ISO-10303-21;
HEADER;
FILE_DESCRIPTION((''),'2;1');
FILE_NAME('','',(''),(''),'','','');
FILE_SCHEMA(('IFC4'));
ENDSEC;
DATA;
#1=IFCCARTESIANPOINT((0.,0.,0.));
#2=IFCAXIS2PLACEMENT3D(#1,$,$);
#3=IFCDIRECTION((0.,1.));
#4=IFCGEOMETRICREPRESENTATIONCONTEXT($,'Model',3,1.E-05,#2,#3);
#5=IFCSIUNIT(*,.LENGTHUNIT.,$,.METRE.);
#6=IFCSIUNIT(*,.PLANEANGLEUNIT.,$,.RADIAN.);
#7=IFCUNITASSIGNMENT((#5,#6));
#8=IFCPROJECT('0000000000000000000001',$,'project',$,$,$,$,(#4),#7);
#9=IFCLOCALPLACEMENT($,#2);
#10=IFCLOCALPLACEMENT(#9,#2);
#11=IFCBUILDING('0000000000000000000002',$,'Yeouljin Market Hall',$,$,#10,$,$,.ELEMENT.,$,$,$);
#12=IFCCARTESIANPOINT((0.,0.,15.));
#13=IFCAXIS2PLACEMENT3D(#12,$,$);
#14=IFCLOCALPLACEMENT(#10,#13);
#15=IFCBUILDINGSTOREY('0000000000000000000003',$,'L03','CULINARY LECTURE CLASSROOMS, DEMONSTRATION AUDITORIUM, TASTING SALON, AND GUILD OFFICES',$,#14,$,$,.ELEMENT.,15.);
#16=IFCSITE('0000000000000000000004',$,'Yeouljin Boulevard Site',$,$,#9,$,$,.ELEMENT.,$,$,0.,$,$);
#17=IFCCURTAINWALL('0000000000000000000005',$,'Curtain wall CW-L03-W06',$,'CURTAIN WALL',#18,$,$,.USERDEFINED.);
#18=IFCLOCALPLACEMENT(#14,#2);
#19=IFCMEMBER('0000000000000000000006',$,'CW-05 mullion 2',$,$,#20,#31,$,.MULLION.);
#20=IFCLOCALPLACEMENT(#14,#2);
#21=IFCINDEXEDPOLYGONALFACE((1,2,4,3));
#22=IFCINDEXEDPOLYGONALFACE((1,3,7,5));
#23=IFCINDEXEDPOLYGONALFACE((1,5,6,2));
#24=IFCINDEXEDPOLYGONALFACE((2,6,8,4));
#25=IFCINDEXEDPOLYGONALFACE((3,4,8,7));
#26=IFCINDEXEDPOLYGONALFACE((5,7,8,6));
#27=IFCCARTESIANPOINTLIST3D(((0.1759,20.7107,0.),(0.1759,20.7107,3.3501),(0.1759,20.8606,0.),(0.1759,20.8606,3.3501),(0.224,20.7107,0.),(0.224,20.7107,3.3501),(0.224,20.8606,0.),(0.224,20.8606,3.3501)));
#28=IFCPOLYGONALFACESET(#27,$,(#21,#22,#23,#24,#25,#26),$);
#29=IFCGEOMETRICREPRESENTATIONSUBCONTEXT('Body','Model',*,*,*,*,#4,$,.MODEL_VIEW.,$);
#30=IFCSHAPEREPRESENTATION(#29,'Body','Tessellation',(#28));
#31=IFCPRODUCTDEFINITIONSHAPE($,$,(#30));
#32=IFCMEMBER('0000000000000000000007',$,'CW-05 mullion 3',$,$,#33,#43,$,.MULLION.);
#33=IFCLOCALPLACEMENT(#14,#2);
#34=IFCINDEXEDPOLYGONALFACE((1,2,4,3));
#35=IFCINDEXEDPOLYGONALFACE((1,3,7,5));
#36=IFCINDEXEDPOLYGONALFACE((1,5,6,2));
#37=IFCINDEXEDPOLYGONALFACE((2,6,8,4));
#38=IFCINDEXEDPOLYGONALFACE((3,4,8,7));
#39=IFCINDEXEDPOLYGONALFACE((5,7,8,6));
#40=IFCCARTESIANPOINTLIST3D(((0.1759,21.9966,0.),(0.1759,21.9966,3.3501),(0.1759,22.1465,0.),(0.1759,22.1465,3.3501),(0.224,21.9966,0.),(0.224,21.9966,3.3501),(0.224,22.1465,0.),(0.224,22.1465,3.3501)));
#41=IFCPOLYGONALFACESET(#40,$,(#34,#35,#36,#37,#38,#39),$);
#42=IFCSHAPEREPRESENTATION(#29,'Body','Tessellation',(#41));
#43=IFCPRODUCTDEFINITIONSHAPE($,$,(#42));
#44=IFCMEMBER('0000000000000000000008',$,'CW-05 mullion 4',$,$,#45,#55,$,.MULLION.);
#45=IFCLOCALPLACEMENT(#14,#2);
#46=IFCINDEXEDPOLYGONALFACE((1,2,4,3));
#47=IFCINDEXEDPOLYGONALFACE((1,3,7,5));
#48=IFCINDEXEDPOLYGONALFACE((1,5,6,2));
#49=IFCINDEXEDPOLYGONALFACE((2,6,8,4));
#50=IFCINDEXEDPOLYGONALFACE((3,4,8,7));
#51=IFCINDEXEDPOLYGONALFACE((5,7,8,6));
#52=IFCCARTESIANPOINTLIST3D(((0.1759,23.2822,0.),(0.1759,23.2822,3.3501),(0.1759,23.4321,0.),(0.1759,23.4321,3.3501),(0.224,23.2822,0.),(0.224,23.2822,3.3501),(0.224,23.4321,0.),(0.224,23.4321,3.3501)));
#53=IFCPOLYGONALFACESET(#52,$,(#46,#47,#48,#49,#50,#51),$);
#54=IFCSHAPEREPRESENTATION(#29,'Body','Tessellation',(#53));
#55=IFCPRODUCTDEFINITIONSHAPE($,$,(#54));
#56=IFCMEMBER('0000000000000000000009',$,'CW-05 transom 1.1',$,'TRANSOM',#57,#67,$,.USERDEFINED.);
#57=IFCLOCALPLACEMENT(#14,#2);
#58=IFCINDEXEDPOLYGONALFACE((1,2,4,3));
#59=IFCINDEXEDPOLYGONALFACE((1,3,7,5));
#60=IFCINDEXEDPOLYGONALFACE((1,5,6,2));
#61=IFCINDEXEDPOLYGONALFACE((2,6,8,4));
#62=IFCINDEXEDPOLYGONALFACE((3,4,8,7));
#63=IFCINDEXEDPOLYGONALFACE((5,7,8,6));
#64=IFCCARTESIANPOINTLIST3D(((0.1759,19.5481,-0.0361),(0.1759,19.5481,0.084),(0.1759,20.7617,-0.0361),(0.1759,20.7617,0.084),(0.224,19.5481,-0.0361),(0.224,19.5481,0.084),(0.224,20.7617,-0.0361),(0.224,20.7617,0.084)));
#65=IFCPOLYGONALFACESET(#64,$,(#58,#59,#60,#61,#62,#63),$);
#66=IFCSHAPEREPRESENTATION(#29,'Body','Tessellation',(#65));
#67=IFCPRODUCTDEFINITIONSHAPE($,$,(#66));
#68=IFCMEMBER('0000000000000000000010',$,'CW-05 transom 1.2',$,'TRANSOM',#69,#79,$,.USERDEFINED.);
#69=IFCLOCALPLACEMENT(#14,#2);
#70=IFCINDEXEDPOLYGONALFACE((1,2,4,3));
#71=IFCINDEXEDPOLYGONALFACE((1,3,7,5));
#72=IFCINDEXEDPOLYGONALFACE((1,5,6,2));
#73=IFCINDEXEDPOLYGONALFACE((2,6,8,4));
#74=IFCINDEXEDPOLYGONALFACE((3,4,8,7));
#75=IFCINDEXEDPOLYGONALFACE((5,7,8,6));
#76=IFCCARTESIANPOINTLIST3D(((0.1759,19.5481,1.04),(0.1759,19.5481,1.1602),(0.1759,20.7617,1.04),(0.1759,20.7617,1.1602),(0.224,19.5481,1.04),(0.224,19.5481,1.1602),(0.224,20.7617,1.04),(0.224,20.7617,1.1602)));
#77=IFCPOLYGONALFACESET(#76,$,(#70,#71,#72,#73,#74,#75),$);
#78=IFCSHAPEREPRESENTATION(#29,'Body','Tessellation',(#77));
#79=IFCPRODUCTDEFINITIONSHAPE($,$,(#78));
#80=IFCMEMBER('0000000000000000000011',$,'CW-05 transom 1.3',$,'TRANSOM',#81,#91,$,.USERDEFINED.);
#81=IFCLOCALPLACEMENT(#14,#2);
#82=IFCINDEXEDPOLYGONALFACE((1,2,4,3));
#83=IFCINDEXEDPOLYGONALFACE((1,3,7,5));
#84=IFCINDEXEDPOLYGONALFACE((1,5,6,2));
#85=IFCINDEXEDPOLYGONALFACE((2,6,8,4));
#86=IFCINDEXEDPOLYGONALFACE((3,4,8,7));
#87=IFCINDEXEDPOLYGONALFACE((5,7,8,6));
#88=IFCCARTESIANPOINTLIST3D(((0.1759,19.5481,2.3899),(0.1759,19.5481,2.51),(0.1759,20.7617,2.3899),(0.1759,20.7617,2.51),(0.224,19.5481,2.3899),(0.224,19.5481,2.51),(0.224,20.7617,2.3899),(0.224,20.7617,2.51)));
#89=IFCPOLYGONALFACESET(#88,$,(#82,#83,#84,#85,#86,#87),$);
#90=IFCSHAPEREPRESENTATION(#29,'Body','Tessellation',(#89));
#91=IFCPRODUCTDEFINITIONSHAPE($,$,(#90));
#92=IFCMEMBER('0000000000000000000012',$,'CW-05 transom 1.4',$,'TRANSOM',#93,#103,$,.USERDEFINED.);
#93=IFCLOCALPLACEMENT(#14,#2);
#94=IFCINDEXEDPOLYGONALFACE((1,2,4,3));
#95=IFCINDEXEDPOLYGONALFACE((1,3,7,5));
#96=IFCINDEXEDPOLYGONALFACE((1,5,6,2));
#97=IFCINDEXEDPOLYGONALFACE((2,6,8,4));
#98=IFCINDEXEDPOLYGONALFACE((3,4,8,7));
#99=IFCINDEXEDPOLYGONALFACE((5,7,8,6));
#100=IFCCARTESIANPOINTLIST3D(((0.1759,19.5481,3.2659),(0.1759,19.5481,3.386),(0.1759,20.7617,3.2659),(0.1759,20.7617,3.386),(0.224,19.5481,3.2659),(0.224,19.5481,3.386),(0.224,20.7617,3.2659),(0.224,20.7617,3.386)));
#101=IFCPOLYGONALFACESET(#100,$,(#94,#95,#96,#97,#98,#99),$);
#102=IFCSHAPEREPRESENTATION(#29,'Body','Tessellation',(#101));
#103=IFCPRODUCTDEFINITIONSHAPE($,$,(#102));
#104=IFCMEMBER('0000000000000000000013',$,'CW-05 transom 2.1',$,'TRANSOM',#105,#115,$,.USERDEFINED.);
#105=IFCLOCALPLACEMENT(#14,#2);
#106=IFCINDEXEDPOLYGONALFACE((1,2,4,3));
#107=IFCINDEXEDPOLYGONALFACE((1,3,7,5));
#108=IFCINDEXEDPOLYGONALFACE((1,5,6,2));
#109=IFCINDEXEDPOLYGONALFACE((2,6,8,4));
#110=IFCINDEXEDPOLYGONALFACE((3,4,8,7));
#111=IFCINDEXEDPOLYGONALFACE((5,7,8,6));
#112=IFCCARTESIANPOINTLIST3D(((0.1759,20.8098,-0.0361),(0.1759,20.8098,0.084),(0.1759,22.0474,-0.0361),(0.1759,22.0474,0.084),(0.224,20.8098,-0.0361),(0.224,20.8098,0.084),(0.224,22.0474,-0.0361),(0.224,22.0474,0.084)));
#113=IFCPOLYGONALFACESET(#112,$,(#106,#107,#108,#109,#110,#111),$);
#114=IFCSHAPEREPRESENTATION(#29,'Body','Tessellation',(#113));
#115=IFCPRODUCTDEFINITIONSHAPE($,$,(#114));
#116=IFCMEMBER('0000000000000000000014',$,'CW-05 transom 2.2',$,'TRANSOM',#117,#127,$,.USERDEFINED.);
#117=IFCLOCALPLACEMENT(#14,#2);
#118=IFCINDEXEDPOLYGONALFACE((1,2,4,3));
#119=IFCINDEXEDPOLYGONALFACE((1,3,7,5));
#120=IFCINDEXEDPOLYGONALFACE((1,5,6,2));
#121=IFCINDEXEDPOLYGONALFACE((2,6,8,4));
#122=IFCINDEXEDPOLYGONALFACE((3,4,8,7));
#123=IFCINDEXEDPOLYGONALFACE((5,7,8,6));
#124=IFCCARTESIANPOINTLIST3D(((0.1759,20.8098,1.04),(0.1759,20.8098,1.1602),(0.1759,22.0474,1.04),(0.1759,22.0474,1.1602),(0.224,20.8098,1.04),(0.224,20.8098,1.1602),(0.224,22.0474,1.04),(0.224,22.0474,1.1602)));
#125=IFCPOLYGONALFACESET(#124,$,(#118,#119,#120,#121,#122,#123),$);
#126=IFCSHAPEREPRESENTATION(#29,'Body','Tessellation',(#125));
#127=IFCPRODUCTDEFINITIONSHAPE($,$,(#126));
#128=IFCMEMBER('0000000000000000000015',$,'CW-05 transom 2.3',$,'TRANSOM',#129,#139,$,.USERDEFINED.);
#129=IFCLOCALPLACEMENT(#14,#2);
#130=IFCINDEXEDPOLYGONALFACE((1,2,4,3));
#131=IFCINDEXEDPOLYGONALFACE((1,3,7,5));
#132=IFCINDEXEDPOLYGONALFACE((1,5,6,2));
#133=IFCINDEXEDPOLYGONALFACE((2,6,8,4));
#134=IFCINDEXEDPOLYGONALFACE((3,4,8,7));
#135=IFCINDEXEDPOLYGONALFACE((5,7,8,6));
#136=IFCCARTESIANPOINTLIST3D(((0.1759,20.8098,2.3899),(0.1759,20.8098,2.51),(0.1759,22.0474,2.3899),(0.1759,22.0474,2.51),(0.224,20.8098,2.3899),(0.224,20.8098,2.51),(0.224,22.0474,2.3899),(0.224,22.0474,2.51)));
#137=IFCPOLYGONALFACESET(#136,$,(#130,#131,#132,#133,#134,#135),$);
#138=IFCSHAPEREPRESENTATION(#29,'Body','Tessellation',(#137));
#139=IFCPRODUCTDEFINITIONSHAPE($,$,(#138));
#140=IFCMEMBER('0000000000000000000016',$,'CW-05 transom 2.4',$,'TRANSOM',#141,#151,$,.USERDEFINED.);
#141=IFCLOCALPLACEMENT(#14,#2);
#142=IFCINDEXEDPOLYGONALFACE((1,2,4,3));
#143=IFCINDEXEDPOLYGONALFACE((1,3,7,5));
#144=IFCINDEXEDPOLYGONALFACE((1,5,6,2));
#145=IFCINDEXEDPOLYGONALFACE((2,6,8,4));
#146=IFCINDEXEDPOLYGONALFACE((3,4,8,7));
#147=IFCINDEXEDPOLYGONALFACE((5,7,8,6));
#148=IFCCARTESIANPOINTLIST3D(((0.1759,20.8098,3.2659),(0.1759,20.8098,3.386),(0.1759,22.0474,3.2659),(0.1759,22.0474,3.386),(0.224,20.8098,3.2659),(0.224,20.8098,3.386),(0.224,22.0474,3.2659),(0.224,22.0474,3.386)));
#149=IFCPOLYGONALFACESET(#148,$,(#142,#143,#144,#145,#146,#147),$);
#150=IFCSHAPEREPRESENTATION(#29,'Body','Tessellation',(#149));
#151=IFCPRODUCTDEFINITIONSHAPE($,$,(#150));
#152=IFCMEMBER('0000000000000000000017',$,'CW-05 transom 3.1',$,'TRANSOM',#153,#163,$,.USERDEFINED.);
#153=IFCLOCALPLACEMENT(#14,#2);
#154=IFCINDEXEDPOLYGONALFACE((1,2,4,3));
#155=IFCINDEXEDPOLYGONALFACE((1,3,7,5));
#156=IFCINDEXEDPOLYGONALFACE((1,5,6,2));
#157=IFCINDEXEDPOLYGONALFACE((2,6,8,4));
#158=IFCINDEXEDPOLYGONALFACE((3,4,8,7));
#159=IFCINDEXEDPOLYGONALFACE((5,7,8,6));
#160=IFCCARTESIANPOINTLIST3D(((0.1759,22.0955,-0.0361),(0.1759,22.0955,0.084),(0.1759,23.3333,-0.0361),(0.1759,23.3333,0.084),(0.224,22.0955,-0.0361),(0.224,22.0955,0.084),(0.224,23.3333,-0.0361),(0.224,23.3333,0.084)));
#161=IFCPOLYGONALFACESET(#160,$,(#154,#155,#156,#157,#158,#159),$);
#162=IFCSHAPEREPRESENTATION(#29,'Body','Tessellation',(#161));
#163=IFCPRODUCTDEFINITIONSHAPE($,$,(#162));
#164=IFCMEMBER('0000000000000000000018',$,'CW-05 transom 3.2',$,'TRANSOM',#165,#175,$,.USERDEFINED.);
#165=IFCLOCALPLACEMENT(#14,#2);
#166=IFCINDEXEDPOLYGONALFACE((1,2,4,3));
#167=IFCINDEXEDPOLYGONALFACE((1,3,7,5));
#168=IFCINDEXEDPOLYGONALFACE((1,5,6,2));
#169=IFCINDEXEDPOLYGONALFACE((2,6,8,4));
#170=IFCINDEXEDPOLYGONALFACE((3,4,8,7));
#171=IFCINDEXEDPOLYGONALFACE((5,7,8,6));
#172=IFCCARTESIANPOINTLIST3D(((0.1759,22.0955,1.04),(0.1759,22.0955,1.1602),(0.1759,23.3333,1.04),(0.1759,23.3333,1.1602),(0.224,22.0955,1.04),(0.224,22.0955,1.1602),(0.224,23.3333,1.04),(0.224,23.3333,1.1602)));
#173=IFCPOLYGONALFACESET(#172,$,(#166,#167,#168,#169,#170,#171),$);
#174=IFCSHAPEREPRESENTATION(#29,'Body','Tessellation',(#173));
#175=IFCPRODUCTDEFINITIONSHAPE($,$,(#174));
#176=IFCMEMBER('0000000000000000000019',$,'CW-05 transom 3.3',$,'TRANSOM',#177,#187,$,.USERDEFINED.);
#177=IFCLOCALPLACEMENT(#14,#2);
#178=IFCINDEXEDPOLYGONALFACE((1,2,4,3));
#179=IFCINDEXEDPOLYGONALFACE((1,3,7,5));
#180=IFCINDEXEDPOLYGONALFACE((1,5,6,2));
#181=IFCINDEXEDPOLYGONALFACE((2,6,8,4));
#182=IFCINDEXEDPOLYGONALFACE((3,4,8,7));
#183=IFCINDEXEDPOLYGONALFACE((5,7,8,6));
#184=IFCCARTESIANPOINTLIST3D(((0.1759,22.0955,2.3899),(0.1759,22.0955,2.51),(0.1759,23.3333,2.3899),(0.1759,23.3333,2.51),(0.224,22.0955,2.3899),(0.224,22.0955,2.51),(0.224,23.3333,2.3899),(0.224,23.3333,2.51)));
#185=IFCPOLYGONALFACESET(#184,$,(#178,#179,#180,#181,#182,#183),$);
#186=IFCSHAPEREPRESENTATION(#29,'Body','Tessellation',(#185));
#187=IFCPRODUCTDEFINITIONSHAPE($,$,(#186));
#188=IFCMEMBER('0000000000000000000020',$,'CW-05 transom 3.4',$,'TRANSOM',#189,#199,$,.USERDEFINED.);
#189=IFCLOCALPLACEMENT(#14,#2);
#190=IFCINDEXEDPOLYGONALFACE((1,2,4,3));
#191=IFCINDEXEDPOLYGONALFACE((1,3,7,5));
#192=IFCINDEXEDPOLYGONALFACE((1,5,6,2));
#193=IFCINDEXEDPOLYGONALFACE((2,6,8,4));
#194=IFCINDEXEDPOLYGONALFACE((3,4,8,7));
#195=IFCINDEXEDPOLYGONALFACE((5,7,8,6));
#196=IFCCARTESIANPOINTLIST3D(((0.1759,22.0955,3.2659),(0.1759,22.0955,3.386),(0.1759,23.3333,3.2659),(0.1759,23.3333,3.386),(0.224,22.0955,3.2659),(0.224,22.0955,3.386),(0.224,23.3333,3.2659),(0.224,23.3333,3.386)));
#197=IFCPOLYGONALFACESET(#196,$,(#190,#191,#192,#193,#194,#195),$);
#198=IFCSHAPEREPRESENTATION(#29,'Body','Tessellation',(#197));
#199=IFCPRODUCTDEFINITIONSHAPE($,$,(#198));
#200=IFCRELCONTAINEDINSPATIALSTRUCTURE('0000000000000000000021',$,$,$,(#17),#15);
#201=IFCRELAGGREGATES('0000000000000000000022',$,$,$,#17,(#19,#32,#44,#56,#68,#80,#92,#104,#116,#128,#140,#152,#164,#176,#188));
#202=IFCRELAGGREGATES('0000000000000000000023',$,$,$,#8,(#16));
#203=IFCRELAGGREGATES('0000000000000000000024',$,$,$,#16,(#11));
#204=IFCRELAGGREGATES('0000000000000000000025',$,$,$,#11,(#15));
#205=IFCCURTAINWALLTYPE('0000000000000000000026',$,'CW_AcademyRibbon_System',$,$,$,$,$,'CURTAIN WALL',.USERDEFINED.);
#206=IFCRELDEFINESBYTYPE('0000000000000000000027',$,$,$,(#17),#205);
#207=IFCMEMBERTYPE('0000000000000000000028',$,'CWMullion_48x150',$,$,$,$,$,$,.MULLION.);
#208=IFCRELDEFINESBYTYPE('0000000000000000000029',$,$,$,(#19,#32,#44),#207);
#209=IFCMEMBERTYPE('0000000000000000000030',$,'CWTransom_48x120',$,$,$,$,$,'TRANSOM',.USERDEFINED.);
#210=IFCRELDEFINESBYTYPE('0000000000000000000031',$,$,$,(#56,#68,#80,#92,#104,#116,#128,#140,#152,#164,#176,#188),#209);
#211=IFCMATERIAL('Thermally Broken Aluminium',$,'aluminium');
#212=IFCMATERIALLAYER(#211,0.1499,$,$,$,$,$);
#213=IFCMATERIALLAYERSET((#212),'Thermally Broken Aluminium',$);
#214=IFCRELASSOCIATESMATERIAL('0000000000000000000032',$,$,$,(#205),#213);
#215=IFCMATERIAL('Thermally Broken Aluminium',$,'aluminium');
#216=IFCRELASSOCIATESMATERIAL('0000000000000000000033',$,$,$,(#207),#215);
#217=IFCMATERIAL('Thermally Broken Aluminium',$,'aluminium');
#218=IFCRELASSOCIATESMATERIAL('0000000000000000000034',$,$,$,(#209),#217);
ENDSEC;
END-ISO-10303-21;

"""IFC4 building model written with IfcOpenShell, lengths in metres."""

from ifc_helpers import new_model, si_unit, direction, frame, origin, origin_2d, place, context, subcontext, project, spatial, rectangle, extrude, material, layer, layer_set, material_profile, profile_set, type_object, element, aggregate, save


model = new_model("IFC4")

# Units and contexts
model_context = context("Model", 3, precision=1e-05, world=origin(), true_north=direction((0.0, 1.0)))
body_context = subcontext(model_context, "Body", "Model", "MODEL_VIEW")
ifc_project = project(units=[si_unit("LENGTHUNIT", "METRE"), si_unit("PLANEANGLEUNIT", "RADIAN")], contexts=[model_context])

# Site, building, storey
site_placement = place(None, origin())
site = spatial("IfcSite", under=ifc_project, at=site_placement, Name="Yeouljin Boulevard Site", CompositionType="ELEMENT", RefElevation=0.0)
building_placement = place(site_placement, origin())
building = spatial("IfcBuilding", under=site, at=building_placement, Name="Yeouljin Market Hall", CompositionType="ELEMENT")
storey_placement = place(building_placement, frame((0.0, 0.0, 15.0)))
storey = spatial("IfcBuildingStorey", under=building, at=storey_placement, Name="L03", Description="CULINARY LECTURE CLASSROOMS, DEMONSTRATION AUDITORIUM, TASTING SALON, AND GUILD OFFICES", CompositionType="ELEMENT", Elevation=15.0)

# Curtain wall, members
ifc_material_1 = material(Name="Thermally Broken Aluminium", Category="aluminium")
ifc_layer_1 = layer(ifc_material_1, 0.1499)
ifc_layer_set_1 = layer_set([ifc_layer_1], Name="Thermally Broken Aluminium")
curtain_wall_type = type_object("IfcCurtainWallType", Name="CW_AcademyRibbon_System", ElementType="CURTAIN WALL", PredefinedType="USERDEFINED", material=ifc_layer_set_1)
curtain_wall_placement = place(storey_placement, origin())
curtain_wall = element("IfcCurtainWall", 1, at=curtain_wall_placement, inside=storey, type_object=curtain_wall_type, Name="Curtain wall CW-L03-W06", ObjectType="CURTAIN WALL", PredefinedType="USERDEFINED")
ifc_material_2 = material(Name="Thermally Broken Aluminium", Category="aluminium")
ifc_material_profile_1 = material_profile(ifc_material_2, rectangle(XDim=0.0481, YDim=0.1499, at=origin_2d()), Name="CW-MULL-48x150")
ifc_profile_set_1 = profile_set([ifc_material_profile_1], Name="Thermally Broken Aluminium")
member_type_1 = type_object("IfcMemberType", Name="CWMullion_48x150", PredefinedType="MULLION", material=ifc_profile_set_1)
member_1_placement = place(storey_placement, frame((0.2, 20.7856, 0.0), z_axis=(0.0, 0.0, 1.0), x_axis=(-1.0, 0.0, 0.0)))
member_1 = element("IfcMember", 2, at=member_1_placement, type_object=member_type_1, Name="CW-05 mullion 2", PredefinedType="MULLION", context=body_context, shape_type="SweptSolid", body=[
    extrude(rectangle(XDim=0.0481, YDim=0.1499, at=origin_2d()), origin(), (0.0, 0.0, 1.0), 3.3501),
])
member_2_placement = place(storey_placement, frame((0.2, 22.0715, 0.0), z_axis=(0.0, 0.0, 1.0), x_axis=(-1.0, 0.0, 0.0)))
member_2 = element("IfcMember", 3, at=member_2_placement, type_object=member_type_1, Name="CW-05 mullion 3", PredefinedType="MULLION", context=body_context, shape_type="SweptSolid", body=[
    extrude(rectangle(XDim=0.0481, YDim=0.1499, at=origin_2d()), origin(), (0.0, 0.0, 1.0), 3.3501),
])
member_3_placement = place(storey_placement, frame((0.2, 23.3572, 0.0), z_axis=(0.0, 0.0, 1.0), x_axis=(-1.0, 0.0, 0.0)))
member_3 = element("IfcMember", 4, at=member_3_placement, type_object=member_type_1, Name="CW-05 mullion 4", PredefinedType="MULLION", context=body_context, shape_type="SweptSolid", body=[
    extrude(rectangle(XDim=0.0481, YDim=0.1499, at=origin_2d()), origin(), (0.0, 0.0, 1.0), 3.3501),
])
ifc_material_3 = material(Name="Thermally Broken Aluminium", Category="aluminium")
ifc_material_profile_2 = material_profile(ifc_material_3, rectangle(XDim=0.0481, YDim=0.1201, at=origin_2d()), Name="CW-TRAN-48x120")
ifc_profile_set_2 = profile_set([ifc_material_profile_2], Name="Thermally Broken Aluminium")
member_type_2 = type_object("IfcMemberType", Name="CWTransom_48x120", ElementType="TRANSOM", PredefinedType="USERDEFINED", material=ifc_profile_set_2)
member_4_placement = place(storey_placement, frame((0.2, 19.5481, 0.0239), z_axis=(0.0, 1.0, 0.0), x_axis=(-1.0, 0.0, 0.0)))
member_4 = element("IfcMember", 5, at=member_4_placement, type_object=member_type_2, Name="CW-05 transom 1.1", ObjectType="TRANSOM", PredefinedType="USERDEFINED", context=body_context, shape_type="SweptSolid", body=[
    extrude(rectangle(XDim=0.0481, YDim=0.1201, at=origin_2d()), origin(), (0.0, 0.0, 1.0), 1.2136),
])
member_5_placement = place(storey_placement, frame((0.2, 19.5481, 1.1001), z_axis=(0.0, 1.0, 0.0), x_axis=(-1.0, 0.0, 0.0)))
member_5 = element("IfcMember", 6, at=member_5_placement, type_object=member_type_2, Name="CW-05 transom 1.2", ObjectType="TRANSOM", PredefinedType="USERDEFINED", context=body_context, shape_type="SweptSolid", body=[
    extrude(rectangle(XDim=0.0481, YDim=0.1201, at=origin_2d()), origin(), (0.0, 0.0, 1.0), 1.2136),
])
member_6_placement = place(storey_placement, frame((0.2, 19.5481, 2.45), z_axis=(0.0, 1.0, 0.0), x_axis=(-1.0, 0.0, 0.0)))
member_6 = element("IfcMember", 7, at=member_6_placement, type_object=member_type_2, Name="CW-05 transom 1.3", ObjectType="TRANSOM", PredefinedType="USERDEFINED", context=body_context, shape_type="SweptSolid", body=[
    extrude(rectangle(XDim=0.0481, YDim=0.1201, at=origin_2d()), origin(), (0.0, 0.0, 1.0), 1.2136),
])
member_7_placement = place(storey_placement, frame((0.2, 19.5481, 3.3259), z_axis=(0.0, 1.0, 0.0), x_axis=(-1.0, 0.0, 0.0)))
member_7 = element("IfcMember", 8, at=member_7_placement, type_object=member_type_2, Name="CW-05 transom 1.4", ObjectType="TRANSOM", PredefinedType="USERDEFINED", context=body_context, shape_type="SweptSolid", body=[
    extrude(rectangle(XDim=0.0481, YDim=0.1201, at=origin_2d()), origin(), (0.0, 0.0, 1.0), 1.2136),
])
member_8_placement = place(storey_placement, frame((0.2, 20.8098, 0.0239), z_axis=(0.0, 1.0, 0.0), x_axis=(-1.0, 0.0, 0.0)))
member_8 = element("IfcMember", 9, at=member_8_placement, type_object=member_type_2, Name="CW-05 transom 2.1", ObjectType="TRANSOM", PredefinedType="USERDEFINED", context=body_context, shape_type="SweptSolid", body=[
    extrude(rectangle(XDim=0.0481, YDim=0.1201, at=origin_2d()), origin(), (0.0, 0.0, 1.0), 1.2375),
])
member_9_placement = place(storey_placement, frame((0.2, 20.8098, 1.1001), z_axis=(0.0, 1.0, 0.0), x_axis=(-1.0, 0.0, 0.0)))
member_9 = element("IfcMember", 10, at=member_9_placement, type_object=member_type_2, Name="CW-05 transom 2.2", ObjectType="TRANSOM", PredefinedType="USERDEFINED", context=body_context, shape_type="SweptSolid", body=[
    extrude(rectangle(XDim=0.0481, YDim=0.1201, at=origin_2d()), origin(), (0.0, 0.0, 1.0), 1.2375),
])
member_10_placement = place(storey_placement, frame((0.2, 20.8098, 2.45), z_axis=(0.0, 1.0, 0.0), x_axis=(-1.0, 0.0, 0.0)))
member_10 = element("IfcMember", 11, at=member_10_placement, type_object=member_type_2, Name="CW-05 transom 2.3", ObjectType="TRANSOM", PredefinedType="USERDEFINED", context=body_context, shape_type="SweptSolid", body=[
    extrude(rectangle(XDim=0.0481, YDim=0.1201, at=origin_2d()), origin(), (0.0, 0.0, 1.0), 1.2375),
])
member_11_placement = place(storey_placement, frame((0.2, 20.8098, 3.3259), z_axis=(0.0, 1.0, 0.0), x_axis=(-1.0, 0.0, 0.0)))
member_11 = element("IfcMember", 12, at=member_11_placement, type_object=member_type_2, Name="CW-05 transom 2.4", ObjectType="TRANSOM", PredefinedType="USERDEFINED", context=body_context, shape_type="SweptSolid", body=[
    extrude(rectangle(XDim=0.0481, YDim=0.1201, at=origin_2d()), origin(), (0.0, 0.0, 1.0), 1.2375),
])
member_12_placement = place(storey_placement, frame((0.2, 22.0955, 0.0239), z_axis=(0.0, 1.0, 0.0), x_axis=(-1.0, 0.0, 0.0)))
member_12 = element("IfcMember", 13, at=member_12_placement, type_object=member_type_2, Name="CW-05 transom 3.1", ObjectType="TRANSOM", PredefinedType="USERDEFINED", context=body_context, shape_type="SweptSolid", body=[
    extrude(rectangle(XDim=0.0481, YDim=0.1201, at=origin_2d()), origin(), (0.0, 0.0, 1.0), 1.2378),
])
member_13_placement = place(storey_placement, frame((0.2, 22.0955, 1.1001), z_axis=(0.0, 1.0, 0.0), x_axis=(-1.0, 0.0, 0.0)))
member_13 = element("IfcMember", 14, at=member_13_placement, type_object=member_type_2, Name="CW-05 transom 3.2", ObjectType="TRANSOM", PredefinedType="USERDEFINED", context=body_context, shape_type="SweptSolid", body=[
    extrude(rectangle(XDim=0.0481, YDim=0.1201, at=origin_2d()), origin(), (0.0, 0.0, 1.0), 1.2378),
])
member_14_placement = place(storey_placement, frame((0.2, 22.0955, 2.45), z_axis=(0.0, 1.0, 0.0), x_axis=(-1.0, 0.0, 0.0)))
member_14 = element("IfcMember", 15, at=member_14_placement, type_object=member_type_2, Name="CW-05 transom 3.3", ObjectType="TRANSOM", PredefinedType="USERDEFINED", context=body_context, shape_type="SweptSolid", body=[
    extrude(rectangle(XDim=0.0481, YDim=0.1201, at=origin_2d()), origin(), (0.0, 0.0, 1.0), 1.2378),
])
member_15_placement = place(storey_placement, frame((0.2, 22.0955, 3.3259), z_axis=(0.0, 1.0, 0.0), x_axis=(-1.0, 0.0, 0.0)))
member_15 = element("IfcMember", 16, at=member_15_placement, type_object=member_type_2, Name="CW-05 transom 3.4", ObjectType="TRANSOM", PredefinedType="USERDEFINED", context=body_context, shape_type="SweptSolid", body=[
    extrude(rectangle(XDim=0.0481, YDim=0.1201, at=origin_2d()), origin(), (0.0, 0.0, 1.0), 1.2378),
])
aggregate(curtain_wall, [member_1, member_2, member_3, member_4, member_5, member_6, member_7, member_8, member_9, member_10, member_11, member_12, member_13, member_14, member_15])

save(model, "model.ifc")
